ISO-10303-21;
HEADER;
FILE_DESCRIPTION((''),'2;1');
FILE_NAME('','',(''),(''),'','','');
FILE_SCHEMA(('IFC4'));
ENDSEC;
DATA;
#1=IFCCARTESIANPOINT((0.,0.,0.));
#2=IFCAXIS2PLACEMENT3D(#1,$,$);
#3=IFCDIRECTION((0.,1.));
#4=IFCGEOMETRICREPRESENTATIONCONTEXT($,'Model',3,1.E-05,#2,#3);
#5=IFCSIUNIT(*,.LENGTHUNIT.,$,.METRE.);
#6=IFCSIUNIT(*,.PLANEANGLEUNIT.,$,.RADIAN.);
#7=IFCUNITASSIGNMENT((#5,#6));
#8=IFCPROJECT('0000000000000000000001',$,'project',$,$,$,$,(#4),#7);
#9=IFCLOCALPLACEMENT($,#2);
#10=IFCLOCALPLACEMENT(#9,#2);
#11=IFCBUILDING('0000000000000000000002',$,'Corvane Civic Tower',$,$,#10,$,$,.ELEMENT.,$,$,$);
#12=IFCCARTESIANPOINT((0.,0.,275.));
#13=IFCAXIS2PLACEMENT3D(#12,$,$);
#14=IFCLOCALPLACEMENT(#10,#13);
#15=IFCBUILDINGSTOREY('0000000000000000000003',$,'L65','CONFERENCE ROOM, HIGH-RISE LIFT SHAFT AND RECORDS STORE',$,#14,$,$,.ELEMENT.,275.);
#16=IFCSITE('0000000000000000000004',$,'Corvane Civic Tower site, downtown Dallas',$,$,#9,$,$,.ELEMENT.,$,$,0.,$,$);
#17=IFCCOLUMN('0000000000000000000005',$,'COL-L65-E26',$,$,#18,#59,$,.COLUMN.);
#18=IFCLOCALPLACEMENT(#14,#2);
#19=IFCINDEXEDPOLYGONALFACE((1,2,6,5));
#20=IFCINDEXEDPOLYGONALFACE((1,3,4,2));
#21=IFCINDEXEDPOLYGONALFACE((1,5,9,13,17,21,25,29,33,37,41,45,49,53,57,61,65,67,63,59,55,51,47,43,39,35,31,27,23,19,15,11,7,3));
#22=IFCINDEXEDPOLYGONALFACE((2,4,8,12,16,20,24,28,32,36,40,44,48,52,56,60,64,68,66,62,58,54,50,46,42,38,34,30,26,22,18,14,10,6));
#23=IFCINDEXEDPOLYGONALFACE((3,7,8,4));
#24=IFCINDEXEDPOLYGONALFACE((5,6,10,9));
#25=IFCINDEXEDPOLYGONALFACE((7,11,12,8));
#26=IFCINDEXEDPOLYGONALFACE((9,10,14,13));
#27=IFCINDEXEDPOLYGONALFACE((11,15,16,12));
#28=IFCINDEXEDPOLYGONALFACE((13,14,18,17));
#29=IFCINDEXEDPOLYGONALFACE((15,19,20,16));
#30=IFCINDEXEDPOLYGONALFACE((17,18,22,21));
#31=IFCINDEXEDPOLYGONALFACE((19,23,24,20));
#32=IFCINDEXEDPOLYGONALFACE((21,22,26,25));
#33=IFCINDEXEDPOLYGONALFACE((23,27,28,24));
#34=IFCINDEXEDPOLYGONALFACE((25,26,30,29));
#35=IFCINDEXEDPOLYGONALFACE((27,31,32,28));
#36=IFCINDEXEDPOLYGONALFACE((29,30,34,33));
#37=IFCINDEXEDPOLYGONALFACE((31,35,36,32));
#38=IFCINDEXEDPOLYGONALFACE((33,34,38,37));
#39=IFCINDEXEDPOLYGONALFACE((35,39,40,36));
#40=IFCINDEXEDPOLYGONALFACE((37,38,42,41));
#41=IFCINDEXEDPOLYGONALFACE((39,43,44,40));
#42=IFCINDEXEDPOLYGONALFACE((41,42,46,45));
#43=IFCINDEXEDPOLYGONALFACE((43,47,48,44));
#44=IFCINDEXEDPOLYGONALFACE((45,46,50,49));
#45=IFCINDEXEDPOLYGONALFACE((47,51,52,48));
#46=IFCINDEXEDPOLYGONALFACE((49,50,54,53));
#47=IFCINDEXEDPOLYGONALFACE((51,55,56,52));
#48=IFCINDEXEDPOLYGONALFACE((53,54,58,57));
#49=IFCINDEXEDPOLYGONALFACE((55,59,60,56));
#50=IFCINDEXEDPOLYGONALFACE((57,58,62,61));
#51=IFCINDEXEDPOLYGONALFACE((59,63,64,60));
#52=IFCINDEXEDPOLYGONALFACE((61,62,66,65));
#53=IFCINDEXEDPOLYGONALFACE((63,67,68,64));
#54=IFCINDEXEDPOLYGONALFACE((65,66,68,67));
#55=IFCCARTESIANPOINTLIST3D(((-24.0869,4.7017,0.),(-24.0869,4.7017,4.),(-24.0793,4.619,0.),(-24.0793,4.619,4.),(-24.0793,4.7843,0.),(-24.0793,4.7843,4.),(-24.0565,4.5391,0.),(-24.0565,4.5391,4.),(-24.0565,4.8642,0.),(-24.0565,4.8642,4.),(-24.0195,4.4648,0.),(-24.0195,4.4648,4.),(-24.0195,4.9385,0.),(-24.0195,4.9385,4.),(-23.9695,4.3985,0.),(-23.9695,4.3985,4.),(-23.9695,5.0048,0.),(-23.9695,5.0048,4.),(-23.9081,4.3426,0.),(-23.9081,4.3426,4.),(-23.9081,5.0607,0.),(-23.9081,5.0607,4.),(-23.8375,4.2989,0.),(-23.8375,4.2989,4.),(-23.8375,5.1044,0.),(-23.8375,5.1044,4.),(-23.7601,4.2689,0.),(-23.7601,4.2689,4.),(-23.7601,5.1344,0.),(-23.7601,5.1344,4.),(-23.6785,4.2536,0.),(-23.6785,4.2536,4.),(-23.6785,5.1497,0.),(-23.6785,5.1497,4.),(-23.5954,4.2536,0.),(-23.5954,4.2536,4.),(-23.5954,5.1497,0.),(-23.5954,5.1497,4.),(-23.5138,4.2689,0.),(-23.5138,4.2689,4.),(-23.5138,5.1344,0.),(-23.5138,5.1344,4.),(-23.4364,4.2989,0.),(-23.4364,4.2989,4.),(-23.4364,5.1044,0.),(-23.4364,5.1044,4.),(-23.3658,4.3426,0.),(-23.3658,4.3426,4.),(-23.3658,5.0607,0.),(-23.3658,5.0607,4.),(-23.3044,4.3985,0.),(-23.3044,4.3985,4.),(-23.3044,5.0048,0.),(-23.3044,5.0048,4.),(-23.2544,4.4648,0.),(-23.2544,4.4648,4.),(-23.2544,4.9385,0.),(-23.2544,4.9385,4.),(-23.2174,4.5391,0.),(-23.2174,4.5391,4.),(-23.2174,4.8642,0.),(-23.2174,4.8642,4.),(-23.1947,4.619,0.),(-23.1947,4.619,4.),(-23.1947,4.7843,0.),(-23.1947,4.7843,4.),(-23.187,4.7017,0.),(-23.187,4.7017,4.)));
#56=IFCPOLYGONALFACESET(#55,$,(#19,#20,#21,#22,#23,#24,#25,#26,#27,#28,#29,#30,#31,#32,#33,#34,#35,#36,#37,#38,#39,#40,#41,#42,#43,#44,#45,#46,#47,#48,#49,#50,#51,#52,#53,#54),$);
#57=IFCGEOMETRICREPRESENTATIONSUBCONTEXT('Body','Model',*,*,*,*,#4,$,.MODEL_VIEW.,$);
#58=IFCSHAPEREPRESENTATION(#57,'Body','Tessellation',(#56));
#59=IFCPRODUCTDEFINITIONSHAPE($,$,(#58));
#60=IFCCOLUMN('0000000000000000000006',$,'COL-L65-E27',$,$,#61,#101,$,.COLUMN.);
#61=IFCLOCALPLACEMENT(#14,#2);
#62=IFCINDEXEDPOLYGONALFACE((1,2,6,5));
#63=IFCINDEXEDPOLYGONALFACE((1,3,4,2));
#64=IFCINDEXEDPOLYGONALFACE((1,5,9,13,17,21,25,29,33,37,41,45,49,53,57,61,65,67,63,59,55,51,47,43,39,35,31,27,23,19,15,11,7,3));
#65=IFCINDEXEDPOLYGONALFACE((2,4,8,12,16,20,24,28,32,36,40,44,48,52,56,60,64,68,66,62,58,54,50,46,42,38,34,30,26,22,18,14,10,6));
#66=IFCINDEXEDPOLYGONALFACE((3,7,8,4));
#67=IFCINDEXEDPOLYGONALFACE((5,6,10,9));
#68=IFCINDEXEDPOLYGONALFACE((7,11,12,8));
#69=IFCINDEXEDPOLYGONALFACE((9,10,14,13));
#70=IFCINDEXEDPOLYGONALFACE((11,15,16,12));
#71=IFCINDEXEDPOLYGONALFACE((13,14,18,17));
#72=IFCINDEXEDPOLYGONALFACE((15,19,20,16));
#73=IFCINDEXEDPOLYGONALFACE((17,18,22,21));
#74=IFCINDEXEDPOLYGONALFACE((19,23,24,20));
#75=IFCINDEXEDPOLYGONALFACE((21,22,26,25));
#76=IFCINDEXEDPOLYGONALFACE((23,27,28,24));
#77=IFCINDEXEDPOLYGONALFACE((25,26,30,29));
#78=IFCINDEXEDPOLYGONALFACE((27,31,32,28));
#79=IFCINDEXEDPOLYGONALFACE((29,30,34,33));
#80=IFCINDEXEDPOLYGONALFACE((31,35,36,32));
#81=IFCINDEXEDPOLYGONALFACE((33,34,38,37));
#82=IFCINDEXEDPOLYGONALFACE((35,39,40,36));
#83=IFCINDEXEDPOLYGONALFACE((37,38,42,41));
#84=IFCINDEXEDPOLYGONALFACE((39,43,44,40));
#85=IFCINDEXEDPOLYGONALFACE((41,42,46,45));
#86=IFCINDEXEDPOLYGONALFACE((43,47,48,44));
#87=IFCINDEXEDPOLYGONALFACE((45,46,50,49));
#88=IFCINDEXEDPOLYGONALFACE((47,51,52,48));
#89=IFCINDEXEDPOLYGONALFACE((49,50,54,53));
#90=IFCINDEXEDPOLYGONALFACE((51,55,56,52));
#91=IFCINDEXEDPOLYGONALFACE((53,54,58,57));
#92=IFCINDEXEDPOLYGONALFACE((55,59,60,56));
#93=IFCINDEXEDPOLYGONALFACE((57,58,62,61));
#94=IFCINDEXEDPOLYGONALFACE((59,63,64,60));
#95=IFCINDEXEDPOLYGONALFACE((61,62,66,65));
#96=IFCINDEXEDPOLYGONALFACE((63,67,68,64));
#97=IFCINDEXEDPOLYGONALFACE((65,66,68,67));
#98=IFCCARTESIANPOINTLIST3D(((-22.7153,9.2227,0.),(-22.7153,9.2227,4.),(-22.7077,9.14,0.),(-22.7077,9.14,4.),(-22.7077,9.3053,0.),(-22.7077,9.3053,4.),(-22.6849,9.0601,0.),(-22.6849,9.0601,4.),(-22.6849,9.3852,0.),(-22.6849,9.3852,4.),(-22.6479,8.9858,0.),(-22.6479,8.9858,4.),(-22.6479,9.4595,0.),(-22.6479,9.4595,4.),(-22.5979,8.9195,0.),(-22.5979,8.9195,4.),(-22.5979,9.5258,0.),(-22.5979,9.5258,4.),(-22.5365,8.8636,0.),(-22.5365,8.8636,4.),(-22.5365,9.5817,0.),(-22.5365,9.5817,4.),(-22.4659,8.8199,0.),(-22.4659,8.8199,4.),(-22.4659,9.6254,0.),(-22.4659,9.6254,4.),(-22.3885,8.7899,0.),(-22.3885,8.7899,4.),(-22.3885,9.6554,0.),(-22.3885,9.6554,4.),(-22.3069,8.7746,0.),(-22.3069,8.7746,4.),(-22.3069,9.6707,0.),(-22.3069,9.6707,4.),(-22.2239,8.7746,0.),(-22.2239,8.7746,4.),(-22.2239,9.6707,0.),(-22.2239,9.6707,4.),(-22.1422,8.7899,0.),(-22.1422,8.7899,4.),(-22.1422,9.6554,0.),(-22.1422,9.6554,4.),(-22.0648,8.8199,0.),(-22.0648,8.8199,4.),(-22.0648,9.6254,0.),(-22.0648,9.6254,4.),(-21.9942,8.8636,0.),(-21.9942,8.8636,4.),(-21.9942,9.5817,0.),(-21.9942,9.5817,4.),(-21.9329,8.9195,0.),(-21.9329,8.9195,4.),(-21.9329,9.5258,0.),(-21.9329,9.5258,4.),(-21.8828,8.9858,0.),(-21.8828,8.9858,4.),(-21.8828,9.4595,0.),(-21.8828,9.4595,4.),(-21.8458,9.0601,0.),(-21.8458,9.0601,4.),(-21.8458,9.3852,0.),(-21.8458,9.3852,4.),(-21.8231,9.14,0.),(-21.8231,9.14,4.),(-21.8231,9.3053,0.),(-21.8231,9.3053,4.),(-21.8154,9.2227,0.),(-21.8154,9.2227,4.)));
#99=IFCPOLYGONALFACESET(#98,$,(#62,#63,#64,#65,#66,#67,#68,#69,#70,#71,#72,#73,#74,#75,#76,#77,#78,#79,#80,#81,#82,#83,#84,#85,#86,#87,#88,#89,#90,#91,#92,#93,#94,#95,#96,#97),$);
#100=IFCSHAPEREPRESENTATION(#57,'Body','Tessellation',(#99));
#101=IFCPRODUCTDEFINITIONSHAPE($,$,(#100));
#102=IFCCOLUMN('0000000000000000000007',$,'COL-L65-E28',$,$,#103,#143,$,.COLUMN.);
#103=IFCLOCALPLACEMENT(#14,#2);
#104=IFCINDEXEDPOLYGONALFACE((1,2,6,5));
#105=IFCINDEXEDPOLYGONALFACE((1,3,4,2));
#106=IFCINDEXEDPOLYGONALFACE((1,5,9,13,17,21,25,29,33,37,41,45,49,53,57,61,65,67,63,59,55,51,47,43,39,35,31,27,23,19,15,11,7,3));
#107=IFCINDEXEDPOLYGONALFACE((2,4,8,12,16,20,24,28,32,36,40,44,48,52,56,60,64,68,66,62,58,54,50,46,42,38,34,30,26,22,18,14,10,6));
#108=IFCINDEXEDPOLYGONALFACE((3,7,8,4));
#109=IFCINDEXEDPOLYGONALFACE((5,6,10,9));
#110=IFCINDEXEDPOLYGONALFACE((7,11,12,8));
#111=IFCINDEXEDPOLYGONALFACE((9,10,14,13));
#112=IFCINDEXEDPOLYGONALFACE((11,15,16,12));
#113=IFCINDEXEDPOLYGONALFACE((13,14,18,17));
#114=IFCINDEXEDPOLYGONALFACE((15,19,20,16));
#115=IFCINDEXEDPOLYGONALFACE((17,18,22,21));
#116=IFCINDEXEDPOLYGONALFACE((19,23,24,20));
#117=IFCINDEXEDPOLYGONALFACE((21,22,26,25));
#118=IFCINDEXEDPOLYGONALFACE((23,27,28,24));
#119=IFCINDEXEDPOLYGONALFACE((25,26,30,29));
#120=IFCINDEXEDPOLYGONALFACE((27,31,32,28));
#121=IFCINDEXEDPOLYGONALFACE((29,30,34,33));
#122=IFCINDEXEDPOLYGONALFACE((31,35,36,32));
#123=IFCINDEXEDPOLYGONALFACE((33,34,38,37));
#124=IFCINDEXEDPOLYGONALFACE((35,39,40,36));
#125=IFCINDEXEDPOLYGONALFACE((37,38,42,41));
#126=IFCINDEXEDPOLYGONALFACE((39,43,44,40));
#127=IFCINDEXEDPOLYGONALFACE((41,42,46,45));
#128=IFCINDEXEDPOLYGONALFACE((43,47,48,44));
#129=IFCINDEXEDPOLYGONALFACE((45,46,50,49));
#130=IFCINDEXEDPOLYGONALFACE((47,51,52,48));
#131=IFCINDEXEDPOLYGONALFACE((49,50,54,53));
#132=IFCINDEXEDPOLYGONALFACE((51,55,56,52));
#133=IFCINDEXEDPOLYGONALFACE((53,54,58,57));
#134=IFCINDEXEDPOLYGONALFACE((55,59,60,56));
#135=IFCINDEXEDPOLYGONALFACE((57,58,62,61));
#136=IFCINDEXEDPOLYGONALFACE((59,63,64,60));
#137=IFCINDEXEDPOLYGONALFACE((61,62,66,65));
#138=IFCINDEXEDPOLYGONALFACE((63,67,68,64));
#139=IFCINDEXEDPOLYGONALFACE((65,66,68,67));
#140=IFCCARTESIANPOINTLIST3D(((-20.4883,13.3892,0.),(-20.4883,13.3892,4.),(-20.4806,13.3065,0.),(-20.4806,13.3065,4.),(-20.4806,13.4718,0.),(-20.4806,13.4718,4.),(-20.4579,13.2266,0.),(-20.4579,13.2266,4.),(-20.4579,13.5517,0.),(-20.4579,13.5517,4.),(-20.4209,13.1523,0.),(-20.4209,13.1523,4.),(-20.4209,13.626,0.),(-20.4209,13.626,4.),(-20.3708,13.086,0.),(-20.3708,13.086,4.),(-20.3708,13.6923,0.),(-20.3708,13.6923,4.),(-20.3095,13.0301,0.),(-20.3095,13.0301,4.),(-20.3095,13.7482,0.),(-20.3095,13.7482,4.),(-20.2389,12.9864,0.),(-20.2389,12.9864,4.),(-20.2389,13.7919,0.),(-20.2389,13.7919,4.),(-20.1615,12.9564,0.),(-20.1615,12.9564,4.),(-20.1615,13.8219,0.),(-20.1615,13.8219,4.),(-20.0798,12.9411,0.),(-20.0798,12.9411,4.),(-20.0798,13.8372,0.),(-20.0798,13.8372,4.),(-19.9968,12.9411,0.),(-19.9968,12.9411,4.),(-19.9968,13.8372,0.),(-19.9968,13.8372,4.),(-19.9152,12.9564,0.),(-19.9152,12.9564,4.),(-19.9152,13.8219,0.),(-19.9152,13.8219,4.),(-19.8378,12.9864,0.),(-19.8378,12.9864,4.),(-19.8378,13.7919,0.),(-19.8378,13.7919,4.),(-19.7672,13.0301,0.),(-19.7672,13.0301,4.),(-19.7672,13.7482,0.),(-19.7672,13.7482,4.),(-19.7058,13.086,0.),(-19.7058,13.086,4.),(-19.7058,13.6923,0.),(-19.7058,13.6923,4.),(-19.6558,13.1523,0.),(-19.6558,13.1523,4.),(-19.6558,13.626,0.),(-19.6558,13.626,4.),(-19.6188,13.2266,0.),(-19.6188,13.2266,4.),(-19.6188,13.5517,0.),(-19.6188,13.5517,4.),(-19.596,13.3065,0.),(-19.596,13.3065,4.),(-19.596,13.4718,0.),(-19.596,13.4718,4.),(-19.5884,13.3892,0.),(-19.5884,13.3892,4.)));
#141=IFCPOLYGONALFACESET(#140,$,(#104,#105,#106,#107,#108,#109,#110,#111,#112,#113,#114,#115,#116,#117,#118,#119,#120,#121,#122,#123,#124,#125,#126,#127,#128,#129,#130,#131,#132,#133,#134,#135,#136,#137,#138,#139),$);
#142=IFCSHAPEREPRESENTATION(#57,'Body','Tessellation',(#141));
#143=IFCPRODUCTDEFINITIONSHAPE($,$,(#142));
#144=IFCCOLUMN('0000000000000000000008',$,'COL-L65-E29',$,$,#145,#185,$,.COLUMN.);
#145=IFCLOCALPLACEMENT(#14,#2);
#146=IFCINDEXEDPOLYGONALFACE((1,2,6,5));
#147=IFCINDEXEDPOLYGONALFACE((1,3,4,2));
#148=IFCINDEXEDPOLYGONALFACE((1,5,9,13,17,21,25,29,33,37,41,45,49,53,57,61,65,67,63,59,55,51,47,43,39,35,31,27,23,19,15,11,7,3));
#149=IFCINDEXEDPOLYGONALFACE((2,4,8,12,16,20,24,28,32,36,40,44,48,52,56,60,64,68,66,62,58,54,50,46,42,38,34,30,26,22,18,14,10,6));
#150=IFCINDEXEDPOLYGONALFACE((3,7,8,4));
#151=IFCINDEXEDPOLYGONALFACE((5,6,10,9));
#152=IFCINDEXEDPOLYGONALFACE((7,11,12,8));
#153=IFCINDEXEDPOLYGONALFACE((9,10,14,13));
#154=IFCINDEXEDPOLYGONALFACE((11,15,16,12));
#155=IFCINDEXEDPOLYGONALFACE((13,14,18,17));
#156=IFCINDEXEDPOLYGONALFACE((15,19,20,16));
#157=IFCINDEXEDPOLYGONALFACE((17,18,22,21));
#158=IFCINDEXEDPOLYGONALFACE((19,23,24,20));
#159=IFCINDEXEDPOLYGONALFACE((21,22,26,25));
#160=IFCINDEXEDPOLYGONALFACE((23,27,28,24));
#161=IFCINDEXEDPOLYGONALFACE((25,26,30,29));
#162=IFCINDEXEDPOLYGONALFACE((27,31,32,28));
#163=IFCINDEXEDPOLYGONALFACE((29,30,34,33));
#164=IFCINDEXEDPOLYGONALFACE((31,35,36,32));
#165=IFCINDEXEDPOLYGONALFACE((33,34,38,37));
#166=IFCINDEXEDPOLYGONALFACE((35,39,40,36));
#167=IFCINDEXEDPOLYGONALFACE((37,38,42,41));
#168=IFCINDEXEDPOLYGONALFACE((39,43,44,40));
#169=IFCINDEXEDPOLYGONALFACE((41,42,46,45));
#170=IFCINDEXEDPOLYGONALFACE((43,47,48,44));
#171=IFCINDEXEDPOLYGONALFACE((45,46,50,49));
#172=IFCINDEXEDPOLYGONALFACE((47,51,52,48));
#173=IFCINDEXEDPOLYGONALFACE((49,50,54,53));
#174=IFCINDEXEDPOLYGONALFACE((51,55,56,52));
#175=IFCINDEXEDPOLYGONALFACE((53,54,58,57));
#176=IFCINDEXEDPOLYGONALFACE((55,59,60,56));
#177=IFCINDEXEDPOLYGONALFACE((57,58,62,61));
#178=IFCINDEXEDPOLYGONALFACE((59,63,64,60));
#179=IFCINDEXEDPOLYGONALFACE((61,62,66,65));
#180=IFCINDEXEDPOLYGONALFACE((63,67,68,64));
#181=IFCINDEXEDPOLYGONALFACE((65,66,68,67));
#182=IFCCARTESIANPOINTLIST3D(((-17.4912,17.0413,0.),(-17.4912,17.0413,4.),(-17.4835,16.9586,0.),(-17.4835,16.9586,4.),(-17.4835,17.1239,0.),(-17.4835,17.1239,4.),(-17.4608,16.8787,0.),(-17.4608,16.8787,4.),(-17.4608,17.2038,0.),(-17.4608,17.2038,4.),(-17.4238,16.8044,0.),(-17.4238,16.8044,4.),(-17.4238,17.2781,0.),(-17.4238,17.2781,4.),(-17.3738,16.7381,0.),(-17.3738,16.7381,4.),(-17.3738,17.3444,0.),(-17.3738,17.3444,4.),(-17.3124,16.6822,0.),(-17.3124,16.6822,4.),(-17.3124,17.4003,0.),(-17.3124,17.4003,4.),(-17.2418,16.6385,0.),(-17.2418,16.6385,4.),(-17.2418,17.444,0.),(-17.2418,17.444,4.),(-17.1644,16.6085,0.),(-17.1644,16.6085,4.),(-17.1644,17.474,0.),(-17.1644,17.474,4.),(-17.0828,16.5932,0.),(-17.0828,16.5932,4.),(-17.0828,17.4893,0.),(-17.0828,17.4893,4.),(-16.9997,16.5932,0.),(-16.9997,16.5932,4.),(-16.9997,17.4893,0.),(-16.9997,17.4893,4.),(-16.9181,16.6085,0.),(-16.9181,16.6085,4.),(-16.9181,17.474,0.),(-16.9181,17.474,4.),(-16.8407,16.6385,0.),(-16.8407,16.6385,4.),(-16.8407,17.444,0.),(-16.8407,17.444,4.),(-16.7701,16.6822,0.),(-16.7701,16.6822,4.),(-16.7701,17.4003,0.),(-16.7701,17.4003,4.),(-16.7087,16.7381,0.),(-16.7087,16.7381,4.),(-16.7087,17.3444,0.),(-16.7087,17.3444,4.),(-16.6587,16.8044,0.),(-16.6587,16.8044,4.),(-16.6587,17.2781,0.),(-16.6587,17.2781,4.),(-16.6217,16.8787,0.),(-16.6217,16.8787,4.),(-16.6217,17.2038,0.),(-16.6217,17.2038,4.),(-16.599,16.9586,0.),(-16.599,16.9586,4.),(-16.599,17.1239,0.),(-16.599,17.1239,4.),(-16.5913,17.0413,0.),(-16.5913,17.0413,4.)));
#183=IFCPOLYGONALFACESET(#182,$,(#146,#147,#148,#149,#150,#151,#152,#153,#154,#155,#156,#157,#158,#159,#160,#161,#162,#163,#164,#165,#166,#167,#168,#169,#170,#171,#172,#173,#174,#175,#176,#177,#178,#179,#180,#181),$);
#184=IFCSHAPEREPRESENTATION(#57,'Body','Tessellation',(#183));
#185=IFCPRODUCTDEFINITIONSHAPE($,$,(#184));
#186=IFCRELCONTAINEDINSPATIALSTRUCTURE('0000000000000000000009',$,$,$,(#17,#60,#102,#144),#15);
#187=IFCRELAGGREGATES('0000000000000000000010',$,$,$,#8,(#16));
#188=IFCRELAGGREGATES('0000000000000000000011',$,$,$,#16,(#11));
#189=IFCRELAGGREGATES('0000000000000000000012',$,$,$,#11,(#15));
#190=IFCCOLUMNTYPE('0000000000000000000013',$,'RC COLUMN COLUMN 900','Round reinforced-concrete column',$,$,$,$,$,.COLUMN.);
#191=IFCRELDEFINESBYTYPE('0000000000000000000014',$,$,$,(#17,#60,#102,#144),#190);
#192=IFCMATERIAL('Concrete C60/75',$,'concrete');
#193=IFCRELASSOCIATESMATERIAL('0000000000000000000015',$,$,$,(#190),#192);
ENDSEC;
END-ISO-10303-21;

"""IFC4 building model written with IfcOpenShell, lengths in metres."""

from ifc_helpers import new_model, si_unit, direction, frame, origin, origin_2d, place, context, subcontext, project, spatial, circle, extrude, material, material_profile, profile_set, type_object, element, save


model = new_model("IFC4")

# Units and contexts
model_context = context("Model", 3, precision=1e-05, world=origin(), true_north=direction((0.0, 1.0)))
body_context = subcontext(model_context, "Body", "Model", "MODEL_VIEW")
ifc_project = project(units=[si_unit("LENGTHUNIT", "METRE"), si_unit("PLANEANGLEUNIT", "RADIAN")], contexts=[model_context])

# Site, building, storey
site_placement = place(None, origin())
site = spatial("IfcSite", under=ifc_project, at=site_placement, Name="Corvane Civic Tower site, downtown Dallas", CompositionType="ELEMENT", RefElevation=0.0)
building_placement = place(site_placement, origin())
building = spatial("IfcBuilding", under=site, at=building_placement, Name="Corvane Civic Tower", CompositionType="ELEMENT")
storey_placement = place(building_placement, frame((0.0, 0.0, 275.0)))
storey = spatial("IfcBuildingStorey", under=building, at=storey_placement, Name="L65", Description="CONFERENCE ROOM, HIGH-RISE LIFT SHAFT AND RECORDS STORE", CompositionType="ELEMENT", Elevation=275.0)

# Columns
ifc_material_1 = material(Name="Concrete C60/75", Category="concrete")
ifc_material_profile_1 = material_profile(ifc_material_1, circle(Radius=0.45, at=origin_2d()), Name="COLUMN 900")
ifc_profile_set_1 = profile_set([ifc_material_profile_1], Name="Concrete C60/75")
column_type = type_object("IfcColumnType", Name="RC COLUMN COLUMN 900", Description="Round reinforced-concrete column", PredefinedType="COLUMN", material=ifc_profile_set_1)
for number, where, z_axis, x_axis, name in (
    (1, (-23.637, 4.7017, 0.0), (0.0, 0.0, 1.0), (1.0, 0.0, 0.0), "COL-L65-E26"),
    (2, (-22.2654, 9.2227, 0.0), (0.0, 0.0, 1.0), (1.0, 0.0, 0.0), "COL-L65-E27"),
    (3, (-20.0383, 13.3892, 0.0), (0.0, 0.0, 1.0), (1.0, 0.0, 0.0), "COL-L65-E28"),
    (4, (-17.0413, 17.0413, 0.0), (0.0, 0.0, 1.0), (1.0, 0.0, 0.0), "COL-L65-E29"),
):
    element("IfcColumn", number, at=place(storey_placement, frame(where, z_axis=z_axis, x_axis=x_axis)), inside=storey, type_object=column_type, Name=name, PredefinedType="COLUMN", context=body_context, shape_type="SweptSolid", body=[
        extrude(circle(Radius=0.45, at=origin_2d()), origin(), (0.0, 0.0, 1.0), 4.0),
    ])

save(model, "model.ifc")
